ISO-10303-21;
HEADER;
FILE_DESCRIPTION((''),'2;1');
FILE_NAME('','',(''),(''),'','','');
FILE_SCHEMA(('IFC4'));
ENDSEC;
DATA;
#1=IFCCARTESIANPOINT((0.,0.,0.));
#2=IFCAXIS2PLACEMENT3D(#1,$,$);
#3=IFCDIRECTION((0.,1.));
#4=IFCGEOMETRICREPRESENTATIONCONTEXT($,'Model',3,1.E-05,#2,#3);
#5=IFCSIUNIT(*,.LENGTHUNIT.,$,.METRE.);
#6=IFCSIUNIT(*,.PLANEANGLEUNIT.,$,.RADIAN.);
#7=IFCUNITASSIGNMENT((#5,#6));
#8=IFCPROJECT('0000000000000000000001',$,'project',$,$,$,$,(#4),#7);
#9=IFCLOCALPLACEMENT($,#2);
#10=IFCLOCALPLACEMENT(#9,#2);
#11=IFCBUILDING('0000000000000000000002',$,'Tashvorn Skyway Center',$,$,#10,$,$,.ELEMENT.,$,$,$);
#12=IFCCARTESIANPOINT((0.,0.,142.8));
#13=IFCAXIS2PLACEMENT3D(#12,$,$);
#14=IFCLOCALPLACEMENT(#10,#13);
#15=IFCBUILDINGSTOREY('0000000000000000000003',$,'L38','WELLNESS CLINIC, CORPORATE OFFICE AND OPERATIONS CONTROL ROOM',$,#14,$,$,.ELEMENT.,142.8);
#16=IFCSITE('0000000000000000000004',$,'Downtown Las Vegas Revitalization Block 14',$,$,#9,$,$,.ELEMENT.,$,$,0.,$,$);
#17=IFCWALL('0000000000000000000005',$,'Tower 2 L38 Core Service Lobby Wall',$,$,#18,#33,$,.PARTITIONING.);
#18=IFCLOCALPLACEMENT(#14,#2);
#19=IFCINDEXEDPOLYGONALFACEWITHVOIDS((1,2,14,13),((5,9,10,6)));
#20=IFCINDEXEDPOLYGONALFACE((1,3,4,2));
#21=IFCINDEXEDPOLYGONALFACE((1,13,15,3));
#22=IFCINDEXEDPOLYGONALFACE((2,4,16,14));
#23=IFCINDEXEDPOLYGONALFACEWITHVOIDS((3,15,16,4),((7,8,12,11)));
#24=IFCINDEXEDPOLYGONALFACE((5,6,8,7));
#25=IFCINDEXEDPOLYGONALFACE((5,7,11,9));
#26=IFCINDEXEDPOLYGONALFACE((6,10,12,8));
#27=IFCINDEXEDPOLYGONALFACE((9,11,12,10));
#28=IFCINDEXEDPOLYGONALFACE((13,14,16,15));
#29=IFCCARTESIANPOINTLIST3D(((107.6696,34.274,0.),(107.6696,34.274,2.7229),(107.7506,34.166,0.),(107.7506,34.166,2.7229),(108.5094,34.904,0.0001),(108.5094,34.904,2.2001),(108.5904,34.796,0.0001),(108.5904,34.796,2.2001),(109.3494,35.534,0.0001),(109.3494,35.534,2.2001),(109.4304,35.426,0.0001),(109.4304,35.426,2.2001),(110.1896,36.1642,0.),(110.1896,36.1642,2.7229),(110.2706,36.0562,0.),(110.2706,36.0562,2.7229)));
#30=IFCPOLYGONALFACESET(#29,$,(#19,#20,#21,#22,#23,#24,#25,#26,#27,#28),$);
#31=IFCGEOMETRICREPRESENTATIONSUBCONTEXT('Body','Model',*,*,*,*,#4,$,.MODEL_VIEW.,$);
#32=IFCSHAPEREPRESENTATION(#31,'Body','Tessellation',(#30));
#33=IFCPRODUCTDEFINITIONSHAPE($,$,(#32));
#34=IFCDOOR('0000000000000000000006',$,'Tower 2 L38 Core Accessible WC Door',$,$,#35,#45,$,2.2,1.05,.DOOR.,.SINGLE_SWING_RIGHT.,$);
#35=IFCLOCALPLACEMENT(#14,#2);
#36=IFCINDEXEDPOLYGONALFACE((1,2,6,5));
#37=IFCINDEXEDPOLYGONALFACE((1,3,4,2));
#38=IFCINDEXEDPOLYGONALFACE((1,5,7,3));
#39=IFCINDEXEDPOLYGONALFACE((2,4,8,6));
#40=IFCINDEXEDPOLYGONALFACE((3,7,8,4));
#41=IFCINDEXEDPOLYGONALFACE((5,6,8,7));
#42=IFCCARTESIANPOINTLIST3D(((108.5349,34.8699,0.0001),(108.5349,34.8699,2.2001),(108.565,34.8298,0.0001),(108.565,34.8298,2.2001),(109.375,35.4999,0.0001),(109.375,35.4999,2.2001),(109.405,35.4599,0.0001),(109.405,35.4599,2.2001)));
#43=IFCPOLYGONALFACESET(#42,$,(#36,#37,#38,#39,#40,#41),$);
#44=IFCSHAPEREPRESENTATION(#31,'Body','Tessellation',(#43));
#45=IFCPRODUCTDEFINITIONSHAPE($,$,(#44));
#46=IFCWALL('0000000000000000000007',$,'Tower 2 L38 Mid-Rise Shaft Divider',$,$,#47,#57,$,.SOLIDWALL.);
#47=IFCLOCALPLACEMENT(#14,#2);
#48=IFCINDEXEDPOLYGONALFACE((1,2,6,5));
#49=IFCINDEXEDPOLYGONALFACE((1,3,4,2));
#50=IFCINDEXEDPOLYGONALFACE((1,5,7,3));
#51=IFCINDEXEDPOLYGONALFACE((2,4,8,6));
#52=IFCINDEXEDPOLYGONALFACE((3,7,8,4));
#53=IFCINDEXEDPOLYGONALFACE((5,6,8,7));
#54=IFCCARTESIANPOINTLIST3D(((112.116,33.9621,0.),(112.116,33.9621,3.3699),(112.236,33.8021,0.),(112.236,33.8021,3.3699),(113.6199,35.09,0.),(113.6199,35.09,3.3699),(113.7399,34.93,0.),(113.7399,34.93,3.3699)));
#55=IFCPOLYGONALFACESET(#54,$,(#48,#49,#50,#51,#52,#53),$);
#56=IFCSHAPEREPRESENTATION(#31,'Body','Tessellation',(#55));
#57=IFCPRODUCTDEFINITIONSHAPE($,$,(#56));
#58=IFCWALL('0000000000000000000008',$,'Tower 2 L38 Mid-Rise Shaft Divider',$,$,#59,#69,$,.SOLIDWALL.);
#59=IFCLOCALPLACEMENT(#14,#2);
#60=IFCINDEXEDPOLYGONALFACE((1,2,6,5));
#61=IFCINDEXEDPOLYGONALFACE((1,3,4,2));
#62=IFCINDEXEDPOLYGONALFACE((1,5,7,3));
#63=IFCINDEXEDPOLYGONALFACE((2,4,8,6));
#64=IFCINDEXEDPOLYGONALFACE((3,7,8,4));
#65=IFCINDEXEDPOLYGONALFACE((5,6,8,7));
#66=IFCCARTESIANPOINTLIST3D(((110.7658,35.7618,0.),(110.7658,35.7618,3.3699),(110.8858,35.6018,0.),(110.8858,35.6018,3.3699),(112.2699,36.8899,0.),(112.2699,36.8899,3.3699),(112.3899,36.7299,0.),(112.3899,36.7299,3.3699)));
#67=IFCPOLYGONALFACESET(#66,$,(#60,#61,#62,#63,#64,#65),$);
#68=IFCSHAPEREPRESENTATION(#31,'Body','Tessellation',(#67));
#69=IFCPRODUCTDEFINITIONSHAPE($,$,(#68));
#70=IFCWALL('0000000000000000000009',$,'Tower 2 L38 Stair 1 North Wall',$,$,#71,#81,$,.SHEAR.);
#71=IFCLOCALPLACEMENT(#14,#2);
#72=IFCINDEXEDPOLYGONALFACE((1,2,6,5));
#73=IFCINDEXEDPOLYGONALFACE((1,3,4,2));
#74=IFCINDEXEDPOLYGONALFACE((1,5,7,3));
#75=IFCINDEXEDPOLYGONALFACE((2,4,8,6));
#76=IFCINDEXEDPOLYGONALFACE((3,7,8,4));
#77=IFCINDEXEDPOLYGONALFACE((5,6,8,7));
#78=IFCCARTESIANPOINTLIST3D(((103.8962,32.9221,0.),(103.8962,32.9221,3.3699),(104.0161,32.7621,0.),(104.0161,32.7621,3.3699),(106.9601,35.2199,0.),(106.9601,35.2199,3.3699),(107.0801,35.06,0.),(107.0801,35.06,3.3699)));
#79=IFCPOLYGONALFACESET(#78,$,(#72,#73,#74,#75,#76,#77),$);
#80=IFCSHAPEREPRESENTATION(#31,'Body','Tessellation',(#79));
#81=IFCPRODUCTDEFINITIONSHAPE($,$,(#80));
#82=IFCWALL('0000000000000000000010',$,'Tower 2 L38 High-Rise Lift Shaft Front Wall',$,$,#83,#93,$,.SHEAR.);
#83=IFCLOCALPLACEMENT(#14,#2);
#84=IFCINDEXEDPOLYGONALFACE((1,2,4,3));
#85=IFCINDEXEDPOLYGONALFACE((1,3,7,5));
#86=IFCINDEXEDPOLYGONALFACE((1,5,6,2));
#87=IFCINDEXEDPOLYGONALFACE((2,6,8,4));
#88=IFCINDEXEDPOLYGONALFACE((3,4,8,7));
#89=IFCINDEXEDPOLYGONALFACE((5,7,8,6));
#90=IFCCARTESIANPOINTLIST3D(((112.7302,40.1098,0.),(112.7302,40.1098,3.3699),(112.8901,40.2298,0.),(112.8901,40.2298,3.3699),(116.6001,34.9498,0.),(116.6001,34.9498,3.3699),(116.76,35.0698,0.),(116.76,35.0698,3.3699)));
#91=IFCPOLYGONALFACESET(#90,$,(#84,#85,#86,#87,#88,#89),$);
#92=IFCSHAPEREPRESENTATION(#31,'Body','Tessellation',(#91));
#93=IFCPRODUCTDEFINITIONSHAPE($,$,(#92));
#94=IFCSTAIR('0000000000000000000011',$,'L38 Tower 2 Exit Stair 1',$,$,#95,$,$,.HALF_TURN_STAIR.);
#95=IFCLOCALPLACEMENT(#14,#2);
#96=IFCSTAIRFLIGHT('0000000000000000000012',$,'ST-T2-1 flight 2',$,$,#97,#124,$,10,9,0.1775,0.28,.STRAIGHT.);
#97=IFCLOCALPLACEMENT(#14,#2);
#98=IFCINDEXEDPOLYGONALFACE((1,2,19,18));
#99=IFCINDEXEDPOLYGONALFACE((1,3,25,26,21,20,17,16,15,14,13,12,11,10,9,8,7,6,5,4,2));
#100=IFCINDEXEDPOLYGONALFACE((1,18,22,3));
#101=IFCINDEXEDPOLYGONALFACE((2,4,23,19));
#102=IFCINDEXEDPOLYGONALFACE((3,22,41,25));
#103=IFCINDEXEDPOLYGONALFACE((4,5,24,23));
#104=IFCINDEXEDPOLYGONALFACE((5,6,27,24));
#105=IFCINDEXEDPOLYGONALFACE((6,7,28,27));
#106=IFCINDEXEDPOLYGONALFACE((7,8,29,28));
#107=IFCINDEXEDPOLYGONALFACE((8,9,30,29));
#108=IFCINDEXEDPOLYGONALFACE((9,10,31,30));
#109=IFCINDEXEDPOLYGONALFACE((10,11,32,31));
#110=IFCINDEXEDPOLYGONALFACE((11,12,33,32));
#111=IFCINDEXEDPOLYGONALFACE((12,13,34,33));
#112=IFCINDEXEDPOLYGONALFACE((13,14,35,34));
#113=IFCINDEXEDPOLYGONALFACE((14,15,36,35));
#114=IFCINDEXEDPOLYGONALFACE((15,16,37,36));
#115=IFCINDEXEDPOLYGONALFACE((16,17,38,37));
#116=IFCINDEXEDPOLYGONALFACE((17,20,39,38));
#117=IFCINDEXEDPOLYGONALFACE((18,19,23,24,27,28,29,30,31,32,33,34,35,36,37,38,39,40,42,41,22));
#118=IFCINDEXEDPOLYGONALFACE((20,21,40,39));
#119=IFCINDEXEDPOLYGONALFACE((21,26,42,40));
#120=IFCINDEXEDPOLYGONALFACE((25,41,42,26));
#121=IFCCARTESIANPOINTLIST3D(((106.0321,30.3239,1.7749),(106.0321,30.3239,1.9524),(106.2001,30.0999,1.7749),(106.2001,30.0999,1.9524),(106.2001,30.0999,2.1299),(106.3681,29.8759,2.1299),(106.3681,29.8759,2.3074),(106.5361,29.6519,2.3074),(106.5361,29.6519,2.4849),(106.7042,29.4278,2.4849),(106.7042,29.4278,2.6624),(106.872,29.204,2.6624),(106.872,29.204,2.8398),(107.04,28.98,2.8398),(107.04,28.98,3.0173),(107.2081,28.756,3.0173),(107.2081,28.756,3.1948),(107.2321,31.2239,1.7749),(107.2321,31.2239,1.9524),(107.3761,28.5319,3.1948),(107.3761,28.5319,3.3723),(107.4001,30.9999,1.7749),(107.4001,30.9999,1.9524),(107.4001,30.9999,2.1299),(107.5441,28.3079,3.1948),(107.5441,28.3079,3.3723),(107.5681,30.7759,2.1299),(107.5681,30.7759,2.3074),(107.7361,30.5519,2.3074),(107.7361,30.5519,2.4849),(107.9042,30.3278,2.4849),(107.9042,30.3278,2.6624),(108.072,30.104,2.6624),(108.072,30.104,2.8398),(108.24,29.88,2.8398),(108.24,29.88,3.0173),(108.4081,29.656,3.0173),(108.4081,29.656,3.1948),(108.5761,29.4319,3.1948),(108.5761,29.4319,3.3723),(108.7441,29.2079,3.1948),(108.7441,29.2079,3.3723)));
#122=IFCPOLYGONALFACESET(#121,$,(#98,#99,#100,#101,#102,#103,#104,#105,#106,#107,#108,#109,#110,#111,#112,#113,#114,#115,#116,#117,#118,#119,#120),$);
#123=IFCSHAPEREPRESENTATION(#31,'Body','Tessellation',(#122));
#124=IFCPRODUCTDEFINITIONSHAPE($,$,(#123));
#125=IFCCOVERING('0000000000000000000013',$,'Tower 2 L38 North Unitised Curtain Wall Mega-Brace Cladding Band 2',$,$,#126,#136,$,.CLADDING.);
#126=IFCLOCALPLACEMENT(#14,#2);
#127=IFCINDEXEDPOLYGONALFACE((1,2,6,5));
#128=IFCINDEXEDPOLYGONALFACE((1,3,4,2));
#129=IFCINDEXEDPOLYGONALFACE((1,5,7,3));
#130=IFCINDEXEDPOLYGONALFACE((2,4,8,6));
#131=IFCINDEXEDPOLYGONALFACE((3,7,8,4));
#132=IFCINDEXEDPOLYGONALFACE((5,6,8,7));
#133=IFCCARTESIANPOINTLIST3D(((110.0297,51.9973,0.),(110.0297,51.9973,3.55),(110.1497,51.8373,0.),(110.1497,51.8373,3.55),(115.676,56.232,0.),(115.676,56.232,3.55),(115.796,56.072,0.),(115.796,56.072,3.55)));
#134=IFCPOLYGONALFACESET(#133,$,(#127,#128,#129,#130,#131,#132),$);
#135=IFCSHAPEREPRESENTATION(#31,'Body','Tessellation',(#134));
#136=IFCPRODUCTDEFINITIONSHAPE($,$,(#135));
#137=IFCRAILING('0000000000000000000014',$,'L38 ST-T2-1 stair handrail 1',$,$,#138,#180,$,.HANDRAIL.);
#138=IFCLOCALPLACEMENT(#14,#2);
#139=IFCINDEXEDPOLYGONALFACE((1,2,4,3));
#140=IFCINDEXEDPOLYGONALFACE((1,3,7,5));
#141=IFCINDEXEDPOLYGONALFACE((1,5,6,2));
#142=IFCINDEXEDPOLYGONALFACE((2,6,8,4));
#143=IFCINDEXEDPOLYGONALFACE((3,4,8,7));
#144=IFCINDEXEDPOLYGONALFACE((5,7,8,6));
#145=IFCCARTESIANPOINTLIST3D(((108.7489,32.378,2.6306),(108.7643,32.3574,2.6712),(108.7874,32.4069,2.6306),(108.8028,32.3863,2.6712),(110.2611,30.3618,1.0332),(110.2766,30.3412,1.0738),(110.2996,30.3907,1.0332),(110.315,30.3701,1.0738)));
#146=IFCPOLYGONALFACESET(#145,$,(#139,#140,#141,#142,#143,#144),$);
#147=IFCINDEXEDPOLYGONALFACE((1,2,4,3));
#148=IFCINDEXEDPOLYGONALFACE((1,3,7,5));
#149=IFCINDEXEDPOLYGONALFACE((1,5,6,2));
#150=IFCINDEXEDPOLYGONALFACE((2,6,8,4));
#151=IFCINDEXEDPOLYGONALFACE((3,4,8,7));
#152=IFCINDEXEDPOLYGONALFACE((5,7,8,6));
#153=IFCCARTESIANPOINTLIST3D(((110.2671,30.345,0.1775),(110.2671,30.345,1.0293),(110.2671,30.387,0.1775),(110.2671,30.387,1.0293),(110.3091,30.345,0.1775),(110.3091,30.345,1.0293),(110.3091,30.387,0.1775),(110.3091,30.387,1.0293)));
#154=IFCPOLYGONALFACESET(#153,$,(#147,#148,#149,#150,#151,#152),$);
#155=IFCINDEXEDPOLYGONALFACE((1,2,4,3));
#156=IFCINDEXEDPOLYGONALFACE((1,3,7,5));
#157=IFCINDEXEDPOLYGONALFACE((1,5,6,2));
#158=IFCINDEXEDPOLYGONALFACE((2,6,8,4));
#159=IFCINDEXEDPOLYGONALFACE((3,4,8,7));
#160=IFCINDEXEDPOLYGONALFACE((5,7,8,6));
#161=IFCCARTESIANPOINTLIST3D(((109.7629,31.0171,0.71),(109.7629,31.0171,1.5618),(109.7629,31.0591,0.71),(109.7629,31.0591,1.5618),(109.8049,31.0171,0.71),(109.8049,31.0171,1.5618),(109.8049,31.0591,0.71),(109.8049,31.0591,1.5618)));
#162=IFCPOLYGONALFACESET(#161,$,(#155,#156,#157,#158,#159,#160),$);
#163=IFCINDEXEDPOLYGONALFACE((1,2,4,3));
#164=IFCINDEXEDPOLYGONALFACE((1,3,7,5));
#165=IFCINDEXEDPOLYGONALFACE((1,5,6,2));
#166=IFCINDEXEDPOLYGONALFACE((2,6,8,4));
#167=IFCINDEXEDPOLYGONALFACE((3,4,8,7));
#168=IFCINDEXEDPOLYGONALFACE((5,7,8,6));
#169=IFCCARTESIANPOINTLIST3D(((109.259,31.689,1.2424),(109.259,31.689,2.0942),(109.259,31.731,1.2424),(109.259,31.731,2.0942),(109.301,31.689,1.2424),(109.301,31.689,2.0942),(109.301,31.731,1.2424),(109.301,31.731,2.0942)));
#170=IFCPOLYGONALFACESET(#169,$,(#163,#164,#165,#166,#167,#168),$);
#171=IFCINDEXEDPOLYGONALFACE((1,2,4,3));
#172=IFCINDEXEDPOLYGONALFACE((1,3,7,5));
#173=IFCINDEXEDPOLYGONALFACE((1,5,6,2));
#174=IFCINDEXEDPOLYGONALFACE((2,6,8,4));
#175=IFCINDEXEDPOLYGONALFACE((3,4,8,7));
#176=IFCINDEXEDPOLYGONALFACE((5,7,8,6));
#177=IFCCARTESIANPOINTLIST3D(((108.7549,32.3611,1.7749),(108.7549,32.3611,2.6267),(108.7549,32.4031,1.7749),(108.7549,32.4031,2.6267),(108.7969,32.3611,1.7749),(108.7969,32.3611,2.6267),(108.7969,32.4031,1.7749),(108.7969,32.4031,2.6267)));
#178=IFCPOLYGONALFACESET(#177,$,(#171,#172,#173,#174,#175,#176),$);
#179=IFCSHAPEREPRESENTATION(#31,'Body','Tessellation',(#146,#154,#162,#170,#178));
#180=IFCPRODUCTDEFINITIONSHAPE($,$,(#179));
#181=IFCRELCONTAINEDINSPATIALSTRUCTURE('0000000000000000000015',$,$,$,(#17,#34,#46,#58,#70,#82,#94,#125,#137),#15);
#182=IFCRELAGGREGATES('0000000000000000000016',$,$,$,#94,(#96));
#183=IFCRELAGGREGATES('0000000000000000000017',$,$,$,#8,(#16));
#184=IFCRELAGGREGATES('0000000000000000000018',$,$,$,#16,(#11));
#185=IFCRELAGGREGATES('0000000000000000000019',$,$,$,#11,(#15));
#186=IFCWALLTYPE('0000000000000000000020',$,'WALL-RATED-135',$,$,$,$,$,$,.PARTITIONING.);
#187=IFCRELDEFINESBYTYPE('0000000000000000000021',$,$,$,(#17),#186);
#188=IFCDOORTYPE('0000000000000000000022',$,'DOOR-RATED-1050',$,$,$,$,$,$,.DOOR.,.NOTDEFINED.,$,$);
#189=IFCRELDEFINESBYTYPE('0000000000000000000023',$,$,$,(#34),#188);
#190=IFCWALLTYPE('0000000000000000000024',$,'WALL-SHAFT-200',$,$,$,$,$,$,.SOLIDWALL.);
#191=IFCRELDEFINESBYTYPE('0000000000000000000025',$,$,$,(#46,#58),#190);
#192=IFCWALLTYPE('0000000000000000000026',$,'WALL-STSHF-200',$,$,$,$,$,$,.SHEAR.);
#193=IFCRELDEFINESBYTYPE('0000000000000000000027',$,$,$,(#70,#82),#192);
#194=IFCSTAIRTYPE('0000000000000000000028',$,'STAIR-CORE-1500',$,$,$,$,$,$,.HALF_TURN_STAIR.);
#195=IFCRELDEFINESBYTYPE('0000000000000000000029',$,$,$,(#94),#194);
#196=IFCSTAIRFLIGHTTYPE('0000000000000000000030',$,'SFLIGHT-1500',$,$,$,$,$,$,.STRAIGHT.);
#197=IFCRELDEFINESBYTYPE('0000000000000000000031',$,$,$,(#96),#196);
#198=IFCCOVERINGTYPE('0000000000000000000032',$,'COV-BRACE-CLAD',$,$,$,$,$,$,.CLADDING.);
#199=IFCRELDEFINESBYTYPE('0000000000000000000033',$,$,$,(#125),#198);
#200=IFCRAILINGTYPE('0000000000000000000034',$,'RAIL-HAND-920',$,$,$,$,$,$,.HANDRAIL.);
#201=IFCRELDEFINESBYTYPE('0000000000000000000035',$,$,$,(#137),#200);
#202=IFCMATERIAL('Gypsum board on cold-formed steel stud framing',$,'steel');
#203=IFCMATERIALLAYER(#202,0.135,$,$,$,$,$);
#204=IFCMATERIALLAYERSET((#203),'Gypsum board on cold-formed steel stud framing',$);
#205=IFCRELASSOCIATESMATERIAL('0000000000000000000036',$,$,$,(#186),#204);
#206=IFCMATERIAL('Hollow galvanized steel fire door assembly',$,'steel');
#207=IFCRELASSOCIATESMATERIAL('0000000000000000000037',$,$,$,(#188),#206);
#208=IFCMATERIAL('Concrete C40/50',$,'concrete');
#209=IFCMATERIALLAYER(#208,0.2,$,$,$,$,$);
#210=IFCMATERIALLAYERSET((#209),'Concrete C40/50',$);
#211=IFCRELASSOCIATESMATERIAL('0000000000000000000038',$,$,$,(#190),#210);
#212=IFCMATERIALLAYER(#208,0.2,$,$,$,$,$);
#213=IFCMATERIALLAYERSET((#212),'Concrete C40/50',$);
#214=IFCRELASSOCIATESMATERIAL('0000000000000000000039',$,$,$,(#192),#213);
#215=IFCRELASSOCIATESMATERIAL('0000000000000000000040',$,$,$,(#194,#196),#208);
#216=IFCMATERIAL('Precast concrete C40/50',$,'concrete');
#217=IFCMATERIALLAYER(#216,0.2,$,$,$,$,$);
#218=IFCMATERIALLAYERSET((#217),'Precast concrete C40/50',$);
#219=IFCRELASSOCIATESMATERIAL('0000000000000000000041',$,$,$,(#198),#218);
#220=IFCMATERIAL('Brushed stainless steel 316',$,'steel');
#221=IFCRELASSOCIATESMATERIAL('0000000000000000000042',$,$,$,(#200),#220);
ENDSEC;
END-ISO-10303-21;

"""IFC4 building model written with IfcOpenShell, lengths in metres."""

from ifc_helpers import new_model, si_unit, direction, frame, frame_2d, origin, origin_2d, place, context, subcontext, project, spatial, polyline, rectangle, outline, extrude, material, layer, layer_set, type_object, element, fill, aggregate, save


model = new_model("IFC4")

# Units and contexts
model_context = context("Model", 3, precision=1e-05, world=origin(), true_north=direction((0.0, 1.0)))
body_context = subcontext(model_context, "Body", "Model", "MODEL_VIEW")
ifc_project = project(units=[si_unit("LENGTHUNIT", "METRE"), si_unit("PLANEANGLEUNIT", "RADIAN")], contexts=[model_context])

# Site, building, storey
site_placement = place(None, origin())
site = spatial("IfcSite", under=ifc_project, at=site_placement, Name="Downtown Las Vegas Revitalization Block 14", CompositionType="ELEMENT", RefElevation=0.0)
building_placement = place(site_placement, origin())
building = spatial("IfcBuilding", under=site, at=building_placement, Name="Tashvorn Skyway Center", CompositionType="ELEMENT")
storey_placement = place(building_placement, frame((0.0, 0.0, 142.8)))
storey = spatial("IfcBuildingStorey", under=building, at=storey_placement, Name="L38", Description="WELLNESS CLINIC, CORPORATE OFFICE AND OPERATIONS CONTROL ROOM", CompositionType="ELEMENT", Elevation=142.8)

# Shared definitions
ifc_material_1 = material(Name="Hollow galvanized steel fire door assembly", Category="steel")

# Shared definitions
ifc_material_2 = material(Name="Concrete C40/50", Category="concrete")

# Shared definitions
ifc_material_3 = material(Name="Gypsum board on cold-formed steel stud framing", Category="steel")

# Wall, opening, door
ifc_layer_1 = layer(ifc_material_3, 0.135)
ifc_layer_set_1 = layer_set([ifc_layer_1], Name="Gypsum board on cold-formed steel stud framing")
wall_type_1 = type_object("IfcWallType", Name="WALL-RATED-135", PredefinedType="PARTITIONING", material=ifc_layer_set_1)
wall_1_placement = place(storey_placement, frame((107.71, 34.22, 0.0), z_axis=(0.0, 0.0, 1.0), x_axis=(0.799981, 0.600025, 0.0)))
wall_1 = element("IfcWall", 1, at=wall_1_placement, inside=storey, type_object=wall_type_1, Name="Tower 2 L38 Core Service Lobby Wall", PredefinedType="PARTITIONING", context=body_context, shape_type="SweptSolid", body=[
    extrude(rectangle(XDim=3.1501, YDim=0.135, at=frame_2d((1.5752, 0.0))), origin(), (0.0, 0.0, 1.0), 2.7229),
])
opening_1_placement = place(wall_1_placement, frame((1.05, 0.0, 0.0)))
opening_1 = element("IfcOpeningElement", 2, at=opening_1_placement, cuts=wall_1, PredefinedType="OPENING", context=body_context, shape_type="SweptSolid", body=[
    extrude(rectangle(XDim=1.05, YDim=2.2, at=frame_2d((0.5249, 1.1001))), frame((0.0, 0.0774, 0.0), z_axis=(0.0, -1.0, 0.0), x_axis=(1.0, 0.0, 0.0)), (0.0, 0.0, 1.0), 0.155),
])
door_type_1 = type_object("IfcDoorType", Name="DOOR-RATED-1050", OperationType="NOTDEFINED", PredefinedType="DOOR", material=ifc_material_1)
door_1_placement = place(opening_1_placement, origin())
door_1 = element("IfcDoor", 3, at=door_1_placement, inside=storey, type_object=door_type_1, Name="Tower 2 L38 Core Accessible WC Door", OperationType="SINGLE_SWING_RIGHT", OverallHeight=2.2, OverallWidth=1.05, PredefinedType="DOOR", context=body_context, shape_type="SweptSolid", body=[
    extrude(rectangle(XDim=1.05, YDim=2.2, at=frame_2d((0.5249, 1.1001))), frame((0.0, 0.0249, 0.0), z_axis=(0.0, -1.0, 0.0), x_axis=(1.0, 0.0, 0.0)), (0.0, 0.0, 1.0), 0.05),
])
fill(opening_1, door_1)

# Walls
ifc_layer_2 = layer(ifc_material_2, 0.2)
ifc_layer_set_2 = layer_set([ifc_layer_2], Name="Concrete C40/50")
wall_type_2 = type_object("IfcWallType", Name="WALL-SHAFT-200", PredefinedType="SOLIDWALL", material=ifc_layer_set_2)
wall_2_placement = place(storey_placement, frame((112.176, 33.8821, 0.0), z_axis=(0.0, 0.0, 1.0), x_axis=(0.8, 0.6, 0.0)))
element("IfcWall", 4, at=wall_2_placement, inside=storey, type_object=wall_type_2, Name="Tower 2 L38 Mid-Rise Shaft Divider", PredefinedType="SOLIDWALL", context=body_context, shape_type="SweptSolid", body=[
    extrude(rectangle(XDim=1.8799, YDim=0.2, at=frame_2d((0.9399, 0.0))), origin(), (0.0, 0.0, 1.0), 3.3699),
])
wall_3_placement = place(storey_placement, frame((110.8259, 35.6819, 0.0), z_axis=(0.0, 0.0, 1.0), x_axis=(0.799984, 0.600021, 0.0)))
element("IfcWall", 5, at=wall_3_placement, inside=storey, type_object=wall_type_2, Name="Tower 2 L38 Mid-Rise Shaft Divider", PredefinedType="SOLIDWALL", context=body_context, shape_type="SweptSolid", body=[
    extrude(rectangle(XDim=1.8801, YDim=0.2, at=frame_2d((0.9399, 0.0))), origin(), (0.0, 0.0, 1.0), 3.3699),
])
ifc_layer_3 = layer(ifc_material_2, 0.2)
ifc_layer_set_3 = layer_set([ifc_layer_3], Name="Concrete C40/50")
wall_type_3 = type_object("IfcWallType", Name="WALL-STSHF-200", PredefinedType="SHEAR", material=ifc_layer_set_3)
wall_4_placement = place(storey_placement, frame((103.9561, 32.842, 0.0), z_axis=(0.0, 0.0, 1.0), x_axis=(0.800015, 0.59998, 0.0)))
element("IfcWall", 6, at=wall_4_placement, inside=storey, type_object=wall_type_3, Name="Tower 2 L38 Stair 1 North Wall", PredefinedType="SHEAR", context=body_context, shape_type="SweptSolid", body=[
    extrude(rectangle(XDim=3.8298, YDim=0.2, at=frame_2d((1.915, 0.0))), origin(), (0.0, 0.0, 1.0), 3.3699),
])
wall_5_placement = place(storey_placement, frame((112.8101, 40.1699, 0.0), z_axis=(0.0, 0.0, 1.0), x_axis=(0.599994, -0.800005, 0.0)))
element("IfcWall", 7, at=wall_5_placement, inside=storey, type_object=wall_type_3, Name="Tower 2 L38 High-Rise Lift Shaft Front Wall", PredefinedType="SHEAR", context=body_context, shape_type="SweptSolid", body=[
    extrude(rectangle(XDim=6.45, YDim=0.2, at=frame_2d((3.2251, 0.0))), origin(), (0.0, 0.0, 1.0), 3.3699),
])

# Stair, stair flight
stair_type = type_object("IfcStairType", Name="STAIR-CORE-1500", PredefinedType="HALF_TURN_STAIR", material=ifc_material_2)
stair_placement = place(storey_placement, origin())
stair = element("IfcStair", 8, at=stair_placement, inside=storey, type_object=stair_type, Name="L38 Tower 2 Exit Stair 1", PredefinedType="HALF_TURN_STAIR")
stair_flight_type = type_object("IfcStairFlightType", Name="SFLIGHT-1500", PredefinedType="STRAIGHT", material=ifc_material_2)
stair_flight_placement = place(storey_placement, frame((106.6321, 30.7739, 1.7749), z_axis=(0.0, 0.0, 1.0), x_axis=(0.6, -0.8, 0.0)))
stair_flight = element("IfcStairFlight", 9, at=stair_flight_placement, type_object=stair_flight_type, Name="ST-T2-1 flight 2", NumberOfRisers=10, NumberOfTreads=9, PredefinedType="STRAIGHT", RiserHeight=0.1775, TreadLength=0.28, context=body_context, shape_type="SweptSolid", body=[
    extrude(outline(polyline([(0.0, 0.0), (0.0, 0.1775), (0.28, 0.1775), (0.28, 0.355), (0.5601, 0.355), (0.5601, 0.5325), (0.8401, 0.5325), (0.8401, 0.71), (1.1201, 0.71), (1.1201, 0.8875), (1.3999, 0.8875), (1.3999, 1.0649), (1.6799, 1.0649), (1.6799, 1.2424), (1.96, 1.2424), (1.96, 1.4199), (2.24, 1.4199), (2.24, 1.5974), (2.52, 1.5974), (2.52, 1.7749), (2.52, 1.4199), (0.28, 0.0), (0.0, 0.0)])), frame((0.0, 0.75, 0.0), z_axis=(0.0, -1.0, 0.0), x_axis=(1.0, 0.0, 0.0)), (0.0, 0.0, 1.0), 1.5),
])
aggregate(stair, [stair_flight])

# Covering
ifc_material_4 = material(Name="Precast concrete C40/50", Category="concrete")
ifc_layer_4 = layer(ifc_material_4, 0.2)
ifc_layer_set_4 = layer_set([ifc_layer_4], Name="Precast concrete C40/50")
covering_type = type_object("IfcCoveringType", Name="COV-BRACE-CLAD", PredefinedType="CLADDING", material=ifc_layer_set_4)
covering_placement = place(storey_placement, frame((112.9128, 54.0347, 0.0), z_axis=(0.0, 0.0, 1.0), x_axis=(0.8, 0.6, 0.0)))
element("IfcCovering", 10, at=covering_placement, inside=storey, type_object=covering_type, Name="Tower 2 L38 North Unitised Curtain Wall Mega-Brace Cladding Band 2", PredefinedType="CLADDING", context=body_context, shape_type="SweptSolid", body=[
    extrude(rectangle(XDim=7.0579, YDim=0.2, at=origin_2d()), origin(), (0.0, 0.0, 1.0), 3.55),
])

# Railing
ifc_material_5 = material(Name="Brushed stainless steel 316", Category="steel")
railing_type_1 = type_object("IfcRailingType", Name="RAIL-HAND-920", PredefinedType="HANDRAIL", material=ifc_material_5)
railing_1_placement = place(storey_placement, frame((110.2881, 30.366, 0.1775)))
element("IfcRailing", 11, at=railing_1_placement, inside=storey, type_object=railing_type_1, Name="L38 ST-T2-1 stair handrail 1", PredefinedType="HANDRAIL", context=body_context, shape_type="SweptSolid", body=[
    extrude(rectangle(XDim=0.0481, YDim=0.0481, at=origin_2d()), frame((0.0, 0.0, 0.876), z_axis=(-0.506802, 0.675681, 0.535357), x_axis=(-0.799977, -0.600031, 0.0)), (0.0, 0.0, 1.0), 2.9839),
    extrude(rectangle(XDim=0.042, YDim=0.042, at=origin_2d()), origin(), (0.0, 0.0, 1.0), 0.8518),
    extrude(rectangle(XDim=0.042, YDim=0.042, at=origin_2d()), frame((-0.5042, 0.6721, 0.5325)), (0.0, 0.0, 1.0), 0.8518),
    extrude(rectangle(XDim=0.042, YDim=0.042, at=origin_2d()), frame((-1.0081, 1.344, 1.0649)), (0.0, 0.0, 1.0), 0.8518),
    extrude(rectangle(XDim=0.042, YDim=0.042, at=origin_2d()), frame((-1.5122, 2.0161, 1.5974)), (0.0, 0.0, 1.0), 0.8518),
])

save(model, "model.ifc")
